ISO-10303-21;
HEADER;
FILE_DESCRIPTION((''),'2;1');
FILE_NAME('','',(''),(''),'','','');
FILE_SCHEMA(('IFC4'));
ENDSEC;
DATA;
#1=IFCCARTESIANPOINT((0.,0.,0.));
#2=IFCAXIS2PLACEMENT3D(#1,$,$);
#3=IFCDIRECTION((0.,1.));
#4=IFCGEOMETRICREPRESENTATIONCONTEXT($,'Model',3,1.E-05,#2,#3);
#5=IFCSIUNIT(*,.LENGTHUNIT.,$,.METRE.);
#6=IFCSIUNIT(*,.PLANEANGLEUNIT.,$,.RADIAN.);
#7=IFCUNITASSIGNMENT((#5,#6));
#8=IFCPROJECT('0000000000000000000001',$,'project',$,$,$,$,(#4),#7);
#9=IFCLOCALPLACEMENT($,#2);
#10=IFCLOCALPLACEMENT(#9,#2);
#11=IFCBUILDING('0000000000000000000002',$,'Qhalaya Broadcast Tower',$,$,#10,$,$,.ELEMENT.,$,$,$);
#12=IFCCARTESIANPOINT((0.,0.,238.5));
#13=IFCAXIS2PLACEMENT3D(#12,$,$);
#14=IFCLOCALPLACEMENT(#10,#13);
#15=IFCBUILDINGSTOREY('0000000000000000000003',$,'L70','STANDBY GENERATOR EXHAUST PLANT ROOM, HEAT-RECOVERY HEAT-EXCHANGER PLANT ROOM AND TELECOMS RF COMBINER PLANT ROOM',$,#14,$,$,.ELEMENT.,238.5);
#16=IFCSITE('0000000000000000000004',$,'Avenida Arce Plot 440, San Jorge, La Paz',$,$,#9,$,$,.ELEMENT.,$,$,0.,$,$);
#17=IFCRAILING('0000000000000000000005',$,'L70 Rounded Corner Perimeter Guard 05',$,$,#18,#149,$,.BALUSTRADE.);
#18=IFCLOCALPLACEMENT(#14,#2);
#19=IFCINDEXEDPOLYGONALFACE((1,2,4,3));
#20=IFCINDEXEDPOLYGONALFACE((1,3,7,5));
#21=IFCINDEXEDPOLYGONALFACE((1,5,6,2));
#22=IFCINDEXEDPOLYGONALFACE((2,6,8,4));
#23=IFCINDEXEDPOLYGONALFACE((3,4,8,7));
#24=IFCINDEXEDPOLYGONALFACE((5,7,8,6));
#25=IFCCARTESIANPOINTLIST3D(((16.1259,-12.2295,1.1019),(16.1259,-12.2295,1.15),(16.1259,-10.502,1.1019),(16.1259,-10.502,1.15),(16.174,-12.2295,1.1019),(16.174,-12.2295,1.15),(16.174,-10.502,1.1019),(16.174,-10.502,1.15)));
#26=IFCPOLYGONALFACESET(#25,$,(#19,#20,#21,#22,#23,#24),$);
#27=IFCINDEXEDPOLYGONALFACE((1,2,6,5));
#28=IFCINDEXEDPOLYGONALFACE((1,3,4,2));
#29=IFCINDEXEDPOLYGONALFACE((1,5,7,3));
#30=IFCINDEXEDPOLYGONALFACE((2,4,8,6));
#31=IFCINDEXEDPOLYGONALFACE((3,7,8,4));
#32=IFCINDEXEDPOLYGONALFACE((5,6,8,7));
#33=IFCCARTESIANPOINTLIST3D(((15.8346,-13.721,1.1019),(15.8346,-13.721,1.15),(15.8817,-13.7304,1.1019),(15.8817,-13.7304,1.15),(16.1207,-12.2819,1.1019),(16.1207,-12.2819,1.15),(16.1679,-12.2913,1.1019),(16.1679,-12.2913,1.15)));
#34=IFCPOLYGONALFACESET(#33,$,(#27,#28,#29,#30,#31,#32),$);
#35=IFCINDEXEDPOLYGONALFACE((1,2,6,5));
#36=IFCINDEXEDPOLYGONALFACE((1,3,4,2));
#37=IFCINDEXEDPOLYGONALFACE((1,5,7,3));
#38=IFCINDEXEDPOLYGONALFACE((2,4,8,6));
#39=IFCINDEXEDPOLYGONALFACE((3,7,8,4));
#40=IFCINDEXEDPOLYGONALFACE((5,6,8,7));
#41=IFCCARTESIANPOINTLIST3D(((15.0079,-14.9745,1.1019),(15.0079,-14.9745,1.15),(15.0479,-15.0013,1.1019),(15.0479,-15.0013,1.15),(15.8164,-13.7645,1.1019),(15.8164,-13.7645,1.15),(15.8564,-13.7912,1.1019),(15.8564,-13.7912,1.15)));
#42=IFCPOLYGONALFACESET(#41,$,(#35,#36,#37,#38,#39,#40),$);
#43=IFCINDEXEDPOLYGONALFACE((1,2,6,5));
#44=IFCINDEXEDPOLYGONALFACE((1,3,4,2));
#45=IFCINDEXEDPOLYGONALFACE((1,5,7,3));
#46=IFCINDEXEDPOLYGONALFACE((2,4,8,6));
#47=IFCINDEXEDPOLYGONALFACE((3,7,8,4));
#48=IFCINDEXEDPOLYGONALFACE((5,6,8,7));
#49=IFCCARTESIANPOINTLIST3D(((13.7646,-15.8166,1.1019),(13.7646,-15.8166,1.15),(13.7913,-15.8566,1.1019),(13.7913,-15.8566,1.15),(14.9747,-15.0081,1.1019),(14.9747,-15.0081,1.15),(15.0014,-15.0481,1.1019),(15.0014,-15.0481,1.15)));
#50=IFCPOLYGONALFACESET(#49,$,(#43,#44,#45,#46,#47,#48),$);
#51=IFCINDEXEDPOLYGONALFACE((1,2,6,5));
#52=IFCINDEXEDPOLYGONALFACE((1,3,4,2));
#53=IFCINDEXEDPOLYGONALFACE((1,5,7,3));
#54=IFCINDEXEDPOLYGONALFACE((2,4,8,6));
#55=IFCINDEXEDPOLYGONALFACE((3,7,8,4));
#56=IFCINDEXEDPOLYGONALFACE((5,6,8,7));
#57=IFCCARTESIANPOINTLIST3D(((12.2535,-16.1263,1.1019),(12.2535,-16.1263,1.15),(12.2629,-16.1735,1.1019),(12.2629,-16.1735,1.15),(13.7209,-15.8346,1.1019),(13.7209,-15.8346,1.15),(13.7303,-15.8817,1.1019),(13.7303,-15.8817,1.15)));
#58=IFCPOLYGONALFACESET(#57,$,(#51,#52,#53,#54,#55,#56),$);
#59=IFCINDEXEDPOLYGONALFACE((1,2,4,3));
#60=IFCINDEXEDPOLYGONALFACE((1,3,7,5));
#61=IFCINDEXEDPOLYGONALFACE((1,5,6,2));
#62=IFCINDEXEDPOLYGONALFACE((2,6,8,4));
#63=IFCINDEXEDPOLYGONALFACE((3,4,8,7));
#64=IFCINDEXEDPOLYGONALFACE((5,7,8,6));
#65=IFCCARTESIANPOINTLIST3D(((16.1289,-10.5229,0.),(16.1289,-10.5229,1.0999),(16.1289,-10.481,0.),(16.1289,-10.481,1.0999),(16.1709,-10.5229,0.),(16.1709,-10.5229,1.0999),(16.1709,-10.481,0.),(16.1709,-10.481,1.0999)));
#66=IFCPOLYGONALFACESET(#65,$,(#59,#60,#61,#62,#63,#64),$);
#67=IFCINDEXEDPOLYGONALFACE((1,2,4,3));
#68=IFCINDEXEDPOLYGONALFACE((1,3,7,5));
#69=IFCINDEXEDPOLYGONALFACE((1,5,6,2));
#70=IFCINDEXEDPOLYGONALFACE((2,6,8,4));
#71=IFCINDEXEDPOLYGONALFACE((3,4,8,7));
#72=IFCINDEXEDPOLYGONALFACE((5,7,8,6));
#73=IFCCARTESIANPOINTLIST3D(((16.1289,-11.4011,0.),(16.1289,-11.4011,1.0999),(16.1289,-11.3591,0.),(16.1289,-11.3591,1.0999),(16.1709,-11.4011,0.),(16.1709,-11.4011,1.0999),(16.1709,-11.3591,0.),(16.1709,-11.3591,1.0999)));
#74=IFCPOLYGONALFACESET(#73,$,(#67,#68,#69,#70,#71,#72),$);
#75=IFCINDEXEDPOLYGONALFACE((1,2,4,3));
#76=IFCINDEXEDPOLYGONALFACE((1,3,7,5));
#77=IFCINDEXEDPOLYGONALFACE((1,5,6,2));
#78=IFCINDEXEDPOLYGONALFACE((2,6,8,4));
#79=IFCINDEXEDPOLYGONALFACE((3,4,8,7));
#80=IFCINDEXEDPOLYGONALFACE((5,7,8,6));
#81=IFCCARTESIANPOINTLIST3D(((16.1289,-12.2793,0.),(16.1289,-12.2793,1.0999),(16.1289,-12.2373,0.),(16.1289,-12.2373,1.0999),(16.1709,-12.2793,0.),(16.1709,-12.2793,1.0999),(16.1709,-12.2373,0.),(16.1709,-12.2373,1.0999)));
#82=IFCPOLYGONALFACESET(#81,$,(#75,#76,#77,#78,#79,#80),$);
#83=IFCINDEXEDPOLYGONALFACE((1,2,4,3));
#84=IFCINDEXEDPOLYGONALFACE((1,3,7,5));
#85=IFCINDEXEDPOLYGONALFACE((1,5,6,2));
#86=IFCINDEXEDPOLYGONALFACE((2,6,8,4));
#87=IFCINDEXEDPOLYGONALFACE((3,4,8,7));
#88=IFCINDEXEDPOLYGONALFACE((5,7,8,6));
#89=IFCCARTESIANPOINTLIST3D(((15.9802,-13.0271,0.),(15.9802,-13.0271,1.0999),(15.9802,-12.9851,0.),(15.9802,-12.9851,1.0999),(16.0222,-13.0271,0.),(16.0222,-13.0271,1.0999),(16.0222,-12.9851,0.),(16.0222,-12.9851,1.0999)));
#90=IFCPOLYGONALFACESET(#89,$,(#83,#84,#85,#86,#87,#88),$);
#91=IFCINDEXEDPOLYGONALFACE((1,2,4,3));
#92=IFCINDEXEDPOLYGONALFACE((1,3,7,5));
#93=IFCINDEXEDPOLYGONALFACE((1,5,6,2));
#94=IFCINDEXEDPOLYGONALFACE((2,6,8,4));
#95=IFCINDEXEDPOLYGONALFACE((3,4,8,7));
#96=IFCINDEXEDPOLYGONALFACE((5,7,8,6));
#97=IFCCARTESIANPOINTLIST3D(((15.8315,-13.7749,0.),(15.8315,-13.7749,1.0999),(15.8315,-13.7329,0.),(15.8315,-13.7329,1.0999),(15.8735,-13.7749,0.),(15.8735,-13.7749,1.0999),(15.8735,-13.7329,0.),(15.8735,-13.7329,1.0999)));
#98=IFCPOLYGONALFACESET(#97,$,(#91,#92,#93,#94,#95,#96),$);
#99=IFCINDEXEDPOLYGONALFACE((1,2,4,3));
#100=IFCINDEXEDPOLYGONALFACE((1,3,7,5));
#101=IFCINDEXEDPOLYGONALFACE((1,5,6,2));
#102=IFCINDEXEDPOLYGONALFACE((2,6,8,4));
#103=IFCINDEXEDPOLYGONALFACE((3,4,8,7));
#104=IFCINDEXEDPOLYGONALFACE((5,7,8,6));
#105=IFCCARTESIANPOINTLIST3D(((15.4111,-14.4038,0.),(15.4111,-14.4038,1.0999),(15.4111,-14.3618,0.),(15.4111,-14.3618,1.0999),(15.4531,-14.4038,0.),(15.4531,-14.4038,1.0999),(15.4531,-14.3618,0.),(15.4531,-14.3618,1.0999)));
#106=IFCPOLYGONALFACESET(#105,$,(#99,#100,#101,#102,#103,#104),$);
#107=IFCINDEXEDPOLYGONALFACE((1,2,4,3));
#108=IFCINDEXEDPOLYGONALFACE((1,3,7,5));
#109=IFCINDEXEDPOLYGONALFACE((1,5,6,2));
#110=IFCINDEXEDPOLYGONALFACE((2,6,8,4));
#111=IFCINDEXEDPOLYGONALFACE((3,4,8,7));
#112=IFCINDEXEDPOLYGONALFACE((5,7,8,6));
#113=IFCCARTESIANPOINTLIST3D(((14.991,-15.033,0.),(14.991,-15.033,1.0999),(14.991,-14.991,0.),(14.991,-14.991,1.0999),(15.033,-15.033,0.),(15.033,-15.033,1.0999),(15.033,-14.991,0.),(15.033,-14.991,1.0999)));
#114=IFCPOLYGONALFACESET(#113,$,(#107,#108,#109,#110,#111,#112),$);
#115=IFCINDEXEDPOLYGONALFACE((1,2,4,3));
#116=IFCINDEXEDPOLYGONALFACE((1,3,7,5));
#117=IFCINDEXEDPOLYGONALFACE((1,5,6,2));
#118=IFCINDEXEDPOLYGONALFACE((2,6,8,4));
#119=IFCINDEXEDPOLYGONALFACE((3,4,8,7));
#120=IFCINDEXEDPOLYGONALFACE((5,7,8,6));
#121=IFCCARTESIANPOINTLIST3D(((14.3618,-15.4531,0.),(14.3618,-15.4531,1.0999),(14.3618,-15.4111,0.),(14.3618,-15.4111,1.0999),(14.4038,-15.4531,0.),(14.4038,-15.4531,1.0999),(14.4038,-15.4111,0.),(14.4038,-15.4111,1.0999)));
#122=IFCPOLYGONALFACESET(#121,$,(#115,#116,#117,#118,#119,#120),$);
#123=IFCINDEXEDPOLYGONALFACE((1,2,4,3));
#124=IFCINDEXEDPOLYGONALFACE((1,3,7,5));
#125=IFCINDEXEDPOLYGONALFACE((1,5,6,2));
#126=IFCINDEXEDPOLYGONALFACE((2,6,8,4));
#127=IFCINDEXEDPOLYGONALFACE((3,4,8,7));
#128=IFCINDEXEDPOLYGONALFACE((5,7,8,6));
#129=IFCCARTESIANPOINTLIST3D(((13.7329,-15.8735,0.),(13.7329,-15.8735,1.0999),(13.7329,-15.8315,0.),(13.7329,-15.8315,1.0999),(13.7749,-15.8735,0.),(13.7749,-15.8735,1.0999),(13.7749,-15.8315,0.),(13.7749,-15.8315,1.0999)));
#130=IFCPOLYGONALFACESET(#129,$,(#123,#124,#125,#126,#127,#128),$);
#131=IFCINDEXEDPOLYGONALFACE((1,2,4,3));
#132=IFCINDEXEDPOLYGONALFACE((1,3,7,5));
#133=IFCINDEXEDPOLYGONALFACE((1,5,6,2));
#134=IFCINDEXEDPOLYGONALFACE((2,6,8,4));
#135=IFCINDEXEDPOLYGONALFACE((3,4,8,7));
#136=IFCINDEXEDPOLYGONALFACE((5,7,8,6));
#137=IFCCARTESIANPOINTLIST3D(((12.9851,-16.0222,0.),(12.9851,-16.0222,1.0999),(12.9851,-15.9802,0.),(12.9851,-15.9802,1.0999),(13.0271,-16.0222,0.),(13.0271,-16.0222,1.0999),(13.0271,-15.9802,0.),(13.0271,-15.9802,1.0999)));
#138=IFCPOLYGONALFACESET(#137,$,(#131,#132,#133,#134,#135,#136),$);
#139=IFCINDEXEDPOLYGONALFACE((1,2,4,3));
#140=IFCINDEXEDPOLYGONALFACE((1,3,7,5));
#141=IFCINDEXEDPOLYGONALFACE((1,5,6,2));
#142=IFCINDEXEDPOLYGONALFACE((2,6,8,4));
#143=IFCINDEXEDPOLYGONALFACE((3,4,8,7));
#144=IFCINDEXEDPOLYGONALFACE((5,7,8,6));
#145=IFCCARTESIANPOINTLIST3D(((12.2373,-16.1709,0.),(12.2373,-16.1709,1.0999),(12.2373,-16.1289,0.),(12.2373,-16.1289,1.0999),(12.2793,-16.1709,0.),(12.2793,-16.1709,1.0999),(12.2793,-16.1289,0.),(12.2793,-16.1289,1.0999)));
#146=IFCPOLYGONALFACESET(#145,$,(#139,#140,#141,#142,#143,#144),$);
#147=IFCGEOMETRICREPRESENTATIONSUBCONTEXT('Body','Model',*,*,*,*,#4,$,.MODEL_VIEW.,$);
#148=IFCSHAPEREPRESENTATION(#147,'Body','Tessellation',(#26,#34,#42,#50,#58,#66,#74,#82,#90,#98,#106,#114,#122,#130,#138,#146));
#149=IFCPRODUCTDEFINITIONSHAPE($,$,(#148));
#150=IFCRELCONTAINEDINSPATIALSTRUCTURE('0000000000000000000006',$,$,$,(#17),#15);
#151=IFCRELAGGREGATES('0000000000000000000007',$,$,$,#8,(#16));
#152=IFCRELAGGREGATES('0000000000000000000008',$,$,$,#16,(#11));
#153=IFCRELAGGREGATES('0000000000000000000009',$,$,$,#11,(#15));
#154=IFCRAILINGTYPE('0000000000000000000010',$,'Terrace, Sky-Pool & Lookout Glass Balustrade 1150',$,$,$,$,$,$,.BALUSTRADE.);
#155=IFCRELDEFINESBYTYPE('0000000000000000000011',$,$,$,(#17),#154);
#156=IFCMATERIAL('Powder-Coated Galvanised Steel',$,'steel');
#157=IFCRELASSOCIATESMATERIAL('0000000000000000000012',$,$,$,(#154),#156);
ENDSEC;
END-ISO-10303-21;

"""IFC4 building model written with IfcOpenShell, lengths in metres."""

from ifc_helpers import new_model, si_unit, direction, frame, origin, origin_2d, place, context, subcontext, project, spatial, rectangle, extrude, material, type_object, element, save


model = new_model("IFC4")

# Units and contexts
model_context = context("Model", 3, precision=1e-05, world=origin(), true_north=direction((0.0, 1.0)))
body_context = subcontext(model_context, "Body", "Model", "MODEL_VIEW")
ifc_project = project(units=[si_unit("LENGTHUNIT", "METRE"), si_unit("PLANEANGLEUNIT", "RADIAN")], contexts=[model_context])

# Site, building, storey
site_placement = place(None, origin())
site = spatial("IfcSite", under=ifc_project, at=site_placement, Name="Avenida Arce Plot 440, San Jorge, La Paz", CompositionType="ELEMENT", RefElevation=0.0)
building_placement = place(site_placement, origin())
building = spatial("IfcBuilding", under=site, at=building_placement, Name="Qhalaya Broadcast Tower", CompositionType="ELEMENT")
storey_placement = place(building_placement, frame((0.0, 0.0, 238.5)))
storey = spatial("IfcBuildingStorey", under=building, at=storey_placement, Name="L70", Description="STANDBY GENERATOR EXHAUST PLANT ROOM, HEAT-RECOVERY HEAT-EXCHANGER PLANT ROOM AND TELECOMS RF COMBINER PLANT ROOM", CompositionType="ELEMENT", Elevation=238.5)

# Railing
ifc_material_1 = material(Name="Powder-Coated Galvanised Steel", Category="steel")
railing_type = type_object("IfcRailingType", Name="Terrace, Sky-Pool & Lookout Glass Balustrade 1150", PredefinedType="BALUSTRADE", material=ifc_material_1)
railing_placement = place(storey_placement, frame((16.1499, -10.502, 0.0)))
element("IfcRailing", 1, at=railing_placement, inside=storey, type_object=railing_type, Name="L70 Rounded Corner Perimeter Guard 05", PredefinedType="BALUSTRADE", context=body_context, shape_type="SweptSolid", body=[
    extrude(rectangle(XDim=0.0481, YDim=0.0481, at=origin_2d()), frame((0.0, 0.0, 1.126), z_axis=(0.0, -1.0, 0.0), x_axis=(1.0, 0.0, 0.0)), (0.0, 0.0, 1.0), 1.7275),
    extrude(rectangle(XDim=0.0481, YDim=0.0481, at=origin_2d()), frame((-0.0056, -1.7847, 1.126), z_axis=(-0.195008, -0.980802, 0.0), x_axis=(0.980802, -0.195008, 0.0)), (0.0, 0.0, 1.0), 1.4673),
    extrude(rectangle(XDim=0.0481, YDim=0.0481, at=origin_2d()), frame((-0.3135, -3.2759, 1.126), z_axis=(-0.555556, -0.831479, 0.0), x_axis=(0.831479, -0.555556, 0.0)), (0.0, 0.0, 1.0), 1.4553),
    extrude(rectangle(XDim=0.0481, YDim=0.0481, at=origin_2d()), frame((-1.1619, -4.5261, 1.126), z_axis=(-0.831479, -0.555556, 0.0), x_axis=(0.555556, -0.831479, 0.0)), (0.0, 0.0, 1.0), 1.4553),
    extrude(rectangle(XDim=0.0481, YDim=0.0481, at=origin_2d()), frame((-2.4243, -5.3562, 1.126), z_axis=(-0.980802, -0.195008, 0.0), x_axis=(0.195008, -0.980802, 0.0)), (0.0, 0.0, 1.0), 1.4961),
    extrude(rectangle(XDim=0.042, YDim=0.042, at=origin_2d()), origin(), (0.0, 0.0, 1.0), 1.0999),
    extrude(rectangle(XDim=0.042, YDim=0.042, at=origin_2d()), frame((0.0, -0.8782, 0.0)), (0.0, 0.0, 1.0), 1.0999),
    extrude(rectangle(XDim=0.042, YDim=0.042, at=origin_2d()), frame((0.0, -1.7563, 0.0)), (0.0, 0.0, 1.0), 1.0999),
    extrude(rectangle(XDim=0.042, YDim=0.042, at=origin_2d()), frame((-0.1487, -2.5042, 0.0)), (0.0, 0.0, 1.0), 1.0999),
    extrude(rectangle(XDim=0.042, YDim=0.042, at=origin_2d()), frame((-0.2974, -3.252, 0.0)), (0.0, 0.0, 1.0), 1.0999),
    extrude(rectangle(XDim=0.042, YDim=0.042, at=origin_2d()), frame((-0.7178, -3.8809, 0.0)), (0.0, 0.0, 1.0), 1.0999),
    extrude(rectangle(XDim=0.042, YDim=0.042, at=origin_2d()), frame((-1.1379, -4.51, 0.0)), (0.0, 0.0, 1.0), 1.0999),
    extrude(rectangle(XDim=0.042, YDim=0.042, at=origin_2d()), frame((-1.7671, -4.9302, 0.0)), (0.0, 0.0, 1.0), 1.0999),
    extrude(rectangle(XDim=0.042, YDim=0.042, at=origin_2d()), frame((-2.396, -5.3506, 0.0)), (0.0, 0.0, 1.0), 1.0999),
    extrude(rectangle(XDim=0.042, YDim=0.042, at=origin_2d()), frame((-3.1438, -5.4993, 0.0)), (0.0, 0.0, 1.0), 1.0999),
    extrude(rectangle(XDim=0.042, YDim=0.042, at=origin_2d()), frame((-3.8916, -5.6479, 0.0)), (0.0, 0.0, 1.0), 1.0999),
])

save(model, "model.ifc")
